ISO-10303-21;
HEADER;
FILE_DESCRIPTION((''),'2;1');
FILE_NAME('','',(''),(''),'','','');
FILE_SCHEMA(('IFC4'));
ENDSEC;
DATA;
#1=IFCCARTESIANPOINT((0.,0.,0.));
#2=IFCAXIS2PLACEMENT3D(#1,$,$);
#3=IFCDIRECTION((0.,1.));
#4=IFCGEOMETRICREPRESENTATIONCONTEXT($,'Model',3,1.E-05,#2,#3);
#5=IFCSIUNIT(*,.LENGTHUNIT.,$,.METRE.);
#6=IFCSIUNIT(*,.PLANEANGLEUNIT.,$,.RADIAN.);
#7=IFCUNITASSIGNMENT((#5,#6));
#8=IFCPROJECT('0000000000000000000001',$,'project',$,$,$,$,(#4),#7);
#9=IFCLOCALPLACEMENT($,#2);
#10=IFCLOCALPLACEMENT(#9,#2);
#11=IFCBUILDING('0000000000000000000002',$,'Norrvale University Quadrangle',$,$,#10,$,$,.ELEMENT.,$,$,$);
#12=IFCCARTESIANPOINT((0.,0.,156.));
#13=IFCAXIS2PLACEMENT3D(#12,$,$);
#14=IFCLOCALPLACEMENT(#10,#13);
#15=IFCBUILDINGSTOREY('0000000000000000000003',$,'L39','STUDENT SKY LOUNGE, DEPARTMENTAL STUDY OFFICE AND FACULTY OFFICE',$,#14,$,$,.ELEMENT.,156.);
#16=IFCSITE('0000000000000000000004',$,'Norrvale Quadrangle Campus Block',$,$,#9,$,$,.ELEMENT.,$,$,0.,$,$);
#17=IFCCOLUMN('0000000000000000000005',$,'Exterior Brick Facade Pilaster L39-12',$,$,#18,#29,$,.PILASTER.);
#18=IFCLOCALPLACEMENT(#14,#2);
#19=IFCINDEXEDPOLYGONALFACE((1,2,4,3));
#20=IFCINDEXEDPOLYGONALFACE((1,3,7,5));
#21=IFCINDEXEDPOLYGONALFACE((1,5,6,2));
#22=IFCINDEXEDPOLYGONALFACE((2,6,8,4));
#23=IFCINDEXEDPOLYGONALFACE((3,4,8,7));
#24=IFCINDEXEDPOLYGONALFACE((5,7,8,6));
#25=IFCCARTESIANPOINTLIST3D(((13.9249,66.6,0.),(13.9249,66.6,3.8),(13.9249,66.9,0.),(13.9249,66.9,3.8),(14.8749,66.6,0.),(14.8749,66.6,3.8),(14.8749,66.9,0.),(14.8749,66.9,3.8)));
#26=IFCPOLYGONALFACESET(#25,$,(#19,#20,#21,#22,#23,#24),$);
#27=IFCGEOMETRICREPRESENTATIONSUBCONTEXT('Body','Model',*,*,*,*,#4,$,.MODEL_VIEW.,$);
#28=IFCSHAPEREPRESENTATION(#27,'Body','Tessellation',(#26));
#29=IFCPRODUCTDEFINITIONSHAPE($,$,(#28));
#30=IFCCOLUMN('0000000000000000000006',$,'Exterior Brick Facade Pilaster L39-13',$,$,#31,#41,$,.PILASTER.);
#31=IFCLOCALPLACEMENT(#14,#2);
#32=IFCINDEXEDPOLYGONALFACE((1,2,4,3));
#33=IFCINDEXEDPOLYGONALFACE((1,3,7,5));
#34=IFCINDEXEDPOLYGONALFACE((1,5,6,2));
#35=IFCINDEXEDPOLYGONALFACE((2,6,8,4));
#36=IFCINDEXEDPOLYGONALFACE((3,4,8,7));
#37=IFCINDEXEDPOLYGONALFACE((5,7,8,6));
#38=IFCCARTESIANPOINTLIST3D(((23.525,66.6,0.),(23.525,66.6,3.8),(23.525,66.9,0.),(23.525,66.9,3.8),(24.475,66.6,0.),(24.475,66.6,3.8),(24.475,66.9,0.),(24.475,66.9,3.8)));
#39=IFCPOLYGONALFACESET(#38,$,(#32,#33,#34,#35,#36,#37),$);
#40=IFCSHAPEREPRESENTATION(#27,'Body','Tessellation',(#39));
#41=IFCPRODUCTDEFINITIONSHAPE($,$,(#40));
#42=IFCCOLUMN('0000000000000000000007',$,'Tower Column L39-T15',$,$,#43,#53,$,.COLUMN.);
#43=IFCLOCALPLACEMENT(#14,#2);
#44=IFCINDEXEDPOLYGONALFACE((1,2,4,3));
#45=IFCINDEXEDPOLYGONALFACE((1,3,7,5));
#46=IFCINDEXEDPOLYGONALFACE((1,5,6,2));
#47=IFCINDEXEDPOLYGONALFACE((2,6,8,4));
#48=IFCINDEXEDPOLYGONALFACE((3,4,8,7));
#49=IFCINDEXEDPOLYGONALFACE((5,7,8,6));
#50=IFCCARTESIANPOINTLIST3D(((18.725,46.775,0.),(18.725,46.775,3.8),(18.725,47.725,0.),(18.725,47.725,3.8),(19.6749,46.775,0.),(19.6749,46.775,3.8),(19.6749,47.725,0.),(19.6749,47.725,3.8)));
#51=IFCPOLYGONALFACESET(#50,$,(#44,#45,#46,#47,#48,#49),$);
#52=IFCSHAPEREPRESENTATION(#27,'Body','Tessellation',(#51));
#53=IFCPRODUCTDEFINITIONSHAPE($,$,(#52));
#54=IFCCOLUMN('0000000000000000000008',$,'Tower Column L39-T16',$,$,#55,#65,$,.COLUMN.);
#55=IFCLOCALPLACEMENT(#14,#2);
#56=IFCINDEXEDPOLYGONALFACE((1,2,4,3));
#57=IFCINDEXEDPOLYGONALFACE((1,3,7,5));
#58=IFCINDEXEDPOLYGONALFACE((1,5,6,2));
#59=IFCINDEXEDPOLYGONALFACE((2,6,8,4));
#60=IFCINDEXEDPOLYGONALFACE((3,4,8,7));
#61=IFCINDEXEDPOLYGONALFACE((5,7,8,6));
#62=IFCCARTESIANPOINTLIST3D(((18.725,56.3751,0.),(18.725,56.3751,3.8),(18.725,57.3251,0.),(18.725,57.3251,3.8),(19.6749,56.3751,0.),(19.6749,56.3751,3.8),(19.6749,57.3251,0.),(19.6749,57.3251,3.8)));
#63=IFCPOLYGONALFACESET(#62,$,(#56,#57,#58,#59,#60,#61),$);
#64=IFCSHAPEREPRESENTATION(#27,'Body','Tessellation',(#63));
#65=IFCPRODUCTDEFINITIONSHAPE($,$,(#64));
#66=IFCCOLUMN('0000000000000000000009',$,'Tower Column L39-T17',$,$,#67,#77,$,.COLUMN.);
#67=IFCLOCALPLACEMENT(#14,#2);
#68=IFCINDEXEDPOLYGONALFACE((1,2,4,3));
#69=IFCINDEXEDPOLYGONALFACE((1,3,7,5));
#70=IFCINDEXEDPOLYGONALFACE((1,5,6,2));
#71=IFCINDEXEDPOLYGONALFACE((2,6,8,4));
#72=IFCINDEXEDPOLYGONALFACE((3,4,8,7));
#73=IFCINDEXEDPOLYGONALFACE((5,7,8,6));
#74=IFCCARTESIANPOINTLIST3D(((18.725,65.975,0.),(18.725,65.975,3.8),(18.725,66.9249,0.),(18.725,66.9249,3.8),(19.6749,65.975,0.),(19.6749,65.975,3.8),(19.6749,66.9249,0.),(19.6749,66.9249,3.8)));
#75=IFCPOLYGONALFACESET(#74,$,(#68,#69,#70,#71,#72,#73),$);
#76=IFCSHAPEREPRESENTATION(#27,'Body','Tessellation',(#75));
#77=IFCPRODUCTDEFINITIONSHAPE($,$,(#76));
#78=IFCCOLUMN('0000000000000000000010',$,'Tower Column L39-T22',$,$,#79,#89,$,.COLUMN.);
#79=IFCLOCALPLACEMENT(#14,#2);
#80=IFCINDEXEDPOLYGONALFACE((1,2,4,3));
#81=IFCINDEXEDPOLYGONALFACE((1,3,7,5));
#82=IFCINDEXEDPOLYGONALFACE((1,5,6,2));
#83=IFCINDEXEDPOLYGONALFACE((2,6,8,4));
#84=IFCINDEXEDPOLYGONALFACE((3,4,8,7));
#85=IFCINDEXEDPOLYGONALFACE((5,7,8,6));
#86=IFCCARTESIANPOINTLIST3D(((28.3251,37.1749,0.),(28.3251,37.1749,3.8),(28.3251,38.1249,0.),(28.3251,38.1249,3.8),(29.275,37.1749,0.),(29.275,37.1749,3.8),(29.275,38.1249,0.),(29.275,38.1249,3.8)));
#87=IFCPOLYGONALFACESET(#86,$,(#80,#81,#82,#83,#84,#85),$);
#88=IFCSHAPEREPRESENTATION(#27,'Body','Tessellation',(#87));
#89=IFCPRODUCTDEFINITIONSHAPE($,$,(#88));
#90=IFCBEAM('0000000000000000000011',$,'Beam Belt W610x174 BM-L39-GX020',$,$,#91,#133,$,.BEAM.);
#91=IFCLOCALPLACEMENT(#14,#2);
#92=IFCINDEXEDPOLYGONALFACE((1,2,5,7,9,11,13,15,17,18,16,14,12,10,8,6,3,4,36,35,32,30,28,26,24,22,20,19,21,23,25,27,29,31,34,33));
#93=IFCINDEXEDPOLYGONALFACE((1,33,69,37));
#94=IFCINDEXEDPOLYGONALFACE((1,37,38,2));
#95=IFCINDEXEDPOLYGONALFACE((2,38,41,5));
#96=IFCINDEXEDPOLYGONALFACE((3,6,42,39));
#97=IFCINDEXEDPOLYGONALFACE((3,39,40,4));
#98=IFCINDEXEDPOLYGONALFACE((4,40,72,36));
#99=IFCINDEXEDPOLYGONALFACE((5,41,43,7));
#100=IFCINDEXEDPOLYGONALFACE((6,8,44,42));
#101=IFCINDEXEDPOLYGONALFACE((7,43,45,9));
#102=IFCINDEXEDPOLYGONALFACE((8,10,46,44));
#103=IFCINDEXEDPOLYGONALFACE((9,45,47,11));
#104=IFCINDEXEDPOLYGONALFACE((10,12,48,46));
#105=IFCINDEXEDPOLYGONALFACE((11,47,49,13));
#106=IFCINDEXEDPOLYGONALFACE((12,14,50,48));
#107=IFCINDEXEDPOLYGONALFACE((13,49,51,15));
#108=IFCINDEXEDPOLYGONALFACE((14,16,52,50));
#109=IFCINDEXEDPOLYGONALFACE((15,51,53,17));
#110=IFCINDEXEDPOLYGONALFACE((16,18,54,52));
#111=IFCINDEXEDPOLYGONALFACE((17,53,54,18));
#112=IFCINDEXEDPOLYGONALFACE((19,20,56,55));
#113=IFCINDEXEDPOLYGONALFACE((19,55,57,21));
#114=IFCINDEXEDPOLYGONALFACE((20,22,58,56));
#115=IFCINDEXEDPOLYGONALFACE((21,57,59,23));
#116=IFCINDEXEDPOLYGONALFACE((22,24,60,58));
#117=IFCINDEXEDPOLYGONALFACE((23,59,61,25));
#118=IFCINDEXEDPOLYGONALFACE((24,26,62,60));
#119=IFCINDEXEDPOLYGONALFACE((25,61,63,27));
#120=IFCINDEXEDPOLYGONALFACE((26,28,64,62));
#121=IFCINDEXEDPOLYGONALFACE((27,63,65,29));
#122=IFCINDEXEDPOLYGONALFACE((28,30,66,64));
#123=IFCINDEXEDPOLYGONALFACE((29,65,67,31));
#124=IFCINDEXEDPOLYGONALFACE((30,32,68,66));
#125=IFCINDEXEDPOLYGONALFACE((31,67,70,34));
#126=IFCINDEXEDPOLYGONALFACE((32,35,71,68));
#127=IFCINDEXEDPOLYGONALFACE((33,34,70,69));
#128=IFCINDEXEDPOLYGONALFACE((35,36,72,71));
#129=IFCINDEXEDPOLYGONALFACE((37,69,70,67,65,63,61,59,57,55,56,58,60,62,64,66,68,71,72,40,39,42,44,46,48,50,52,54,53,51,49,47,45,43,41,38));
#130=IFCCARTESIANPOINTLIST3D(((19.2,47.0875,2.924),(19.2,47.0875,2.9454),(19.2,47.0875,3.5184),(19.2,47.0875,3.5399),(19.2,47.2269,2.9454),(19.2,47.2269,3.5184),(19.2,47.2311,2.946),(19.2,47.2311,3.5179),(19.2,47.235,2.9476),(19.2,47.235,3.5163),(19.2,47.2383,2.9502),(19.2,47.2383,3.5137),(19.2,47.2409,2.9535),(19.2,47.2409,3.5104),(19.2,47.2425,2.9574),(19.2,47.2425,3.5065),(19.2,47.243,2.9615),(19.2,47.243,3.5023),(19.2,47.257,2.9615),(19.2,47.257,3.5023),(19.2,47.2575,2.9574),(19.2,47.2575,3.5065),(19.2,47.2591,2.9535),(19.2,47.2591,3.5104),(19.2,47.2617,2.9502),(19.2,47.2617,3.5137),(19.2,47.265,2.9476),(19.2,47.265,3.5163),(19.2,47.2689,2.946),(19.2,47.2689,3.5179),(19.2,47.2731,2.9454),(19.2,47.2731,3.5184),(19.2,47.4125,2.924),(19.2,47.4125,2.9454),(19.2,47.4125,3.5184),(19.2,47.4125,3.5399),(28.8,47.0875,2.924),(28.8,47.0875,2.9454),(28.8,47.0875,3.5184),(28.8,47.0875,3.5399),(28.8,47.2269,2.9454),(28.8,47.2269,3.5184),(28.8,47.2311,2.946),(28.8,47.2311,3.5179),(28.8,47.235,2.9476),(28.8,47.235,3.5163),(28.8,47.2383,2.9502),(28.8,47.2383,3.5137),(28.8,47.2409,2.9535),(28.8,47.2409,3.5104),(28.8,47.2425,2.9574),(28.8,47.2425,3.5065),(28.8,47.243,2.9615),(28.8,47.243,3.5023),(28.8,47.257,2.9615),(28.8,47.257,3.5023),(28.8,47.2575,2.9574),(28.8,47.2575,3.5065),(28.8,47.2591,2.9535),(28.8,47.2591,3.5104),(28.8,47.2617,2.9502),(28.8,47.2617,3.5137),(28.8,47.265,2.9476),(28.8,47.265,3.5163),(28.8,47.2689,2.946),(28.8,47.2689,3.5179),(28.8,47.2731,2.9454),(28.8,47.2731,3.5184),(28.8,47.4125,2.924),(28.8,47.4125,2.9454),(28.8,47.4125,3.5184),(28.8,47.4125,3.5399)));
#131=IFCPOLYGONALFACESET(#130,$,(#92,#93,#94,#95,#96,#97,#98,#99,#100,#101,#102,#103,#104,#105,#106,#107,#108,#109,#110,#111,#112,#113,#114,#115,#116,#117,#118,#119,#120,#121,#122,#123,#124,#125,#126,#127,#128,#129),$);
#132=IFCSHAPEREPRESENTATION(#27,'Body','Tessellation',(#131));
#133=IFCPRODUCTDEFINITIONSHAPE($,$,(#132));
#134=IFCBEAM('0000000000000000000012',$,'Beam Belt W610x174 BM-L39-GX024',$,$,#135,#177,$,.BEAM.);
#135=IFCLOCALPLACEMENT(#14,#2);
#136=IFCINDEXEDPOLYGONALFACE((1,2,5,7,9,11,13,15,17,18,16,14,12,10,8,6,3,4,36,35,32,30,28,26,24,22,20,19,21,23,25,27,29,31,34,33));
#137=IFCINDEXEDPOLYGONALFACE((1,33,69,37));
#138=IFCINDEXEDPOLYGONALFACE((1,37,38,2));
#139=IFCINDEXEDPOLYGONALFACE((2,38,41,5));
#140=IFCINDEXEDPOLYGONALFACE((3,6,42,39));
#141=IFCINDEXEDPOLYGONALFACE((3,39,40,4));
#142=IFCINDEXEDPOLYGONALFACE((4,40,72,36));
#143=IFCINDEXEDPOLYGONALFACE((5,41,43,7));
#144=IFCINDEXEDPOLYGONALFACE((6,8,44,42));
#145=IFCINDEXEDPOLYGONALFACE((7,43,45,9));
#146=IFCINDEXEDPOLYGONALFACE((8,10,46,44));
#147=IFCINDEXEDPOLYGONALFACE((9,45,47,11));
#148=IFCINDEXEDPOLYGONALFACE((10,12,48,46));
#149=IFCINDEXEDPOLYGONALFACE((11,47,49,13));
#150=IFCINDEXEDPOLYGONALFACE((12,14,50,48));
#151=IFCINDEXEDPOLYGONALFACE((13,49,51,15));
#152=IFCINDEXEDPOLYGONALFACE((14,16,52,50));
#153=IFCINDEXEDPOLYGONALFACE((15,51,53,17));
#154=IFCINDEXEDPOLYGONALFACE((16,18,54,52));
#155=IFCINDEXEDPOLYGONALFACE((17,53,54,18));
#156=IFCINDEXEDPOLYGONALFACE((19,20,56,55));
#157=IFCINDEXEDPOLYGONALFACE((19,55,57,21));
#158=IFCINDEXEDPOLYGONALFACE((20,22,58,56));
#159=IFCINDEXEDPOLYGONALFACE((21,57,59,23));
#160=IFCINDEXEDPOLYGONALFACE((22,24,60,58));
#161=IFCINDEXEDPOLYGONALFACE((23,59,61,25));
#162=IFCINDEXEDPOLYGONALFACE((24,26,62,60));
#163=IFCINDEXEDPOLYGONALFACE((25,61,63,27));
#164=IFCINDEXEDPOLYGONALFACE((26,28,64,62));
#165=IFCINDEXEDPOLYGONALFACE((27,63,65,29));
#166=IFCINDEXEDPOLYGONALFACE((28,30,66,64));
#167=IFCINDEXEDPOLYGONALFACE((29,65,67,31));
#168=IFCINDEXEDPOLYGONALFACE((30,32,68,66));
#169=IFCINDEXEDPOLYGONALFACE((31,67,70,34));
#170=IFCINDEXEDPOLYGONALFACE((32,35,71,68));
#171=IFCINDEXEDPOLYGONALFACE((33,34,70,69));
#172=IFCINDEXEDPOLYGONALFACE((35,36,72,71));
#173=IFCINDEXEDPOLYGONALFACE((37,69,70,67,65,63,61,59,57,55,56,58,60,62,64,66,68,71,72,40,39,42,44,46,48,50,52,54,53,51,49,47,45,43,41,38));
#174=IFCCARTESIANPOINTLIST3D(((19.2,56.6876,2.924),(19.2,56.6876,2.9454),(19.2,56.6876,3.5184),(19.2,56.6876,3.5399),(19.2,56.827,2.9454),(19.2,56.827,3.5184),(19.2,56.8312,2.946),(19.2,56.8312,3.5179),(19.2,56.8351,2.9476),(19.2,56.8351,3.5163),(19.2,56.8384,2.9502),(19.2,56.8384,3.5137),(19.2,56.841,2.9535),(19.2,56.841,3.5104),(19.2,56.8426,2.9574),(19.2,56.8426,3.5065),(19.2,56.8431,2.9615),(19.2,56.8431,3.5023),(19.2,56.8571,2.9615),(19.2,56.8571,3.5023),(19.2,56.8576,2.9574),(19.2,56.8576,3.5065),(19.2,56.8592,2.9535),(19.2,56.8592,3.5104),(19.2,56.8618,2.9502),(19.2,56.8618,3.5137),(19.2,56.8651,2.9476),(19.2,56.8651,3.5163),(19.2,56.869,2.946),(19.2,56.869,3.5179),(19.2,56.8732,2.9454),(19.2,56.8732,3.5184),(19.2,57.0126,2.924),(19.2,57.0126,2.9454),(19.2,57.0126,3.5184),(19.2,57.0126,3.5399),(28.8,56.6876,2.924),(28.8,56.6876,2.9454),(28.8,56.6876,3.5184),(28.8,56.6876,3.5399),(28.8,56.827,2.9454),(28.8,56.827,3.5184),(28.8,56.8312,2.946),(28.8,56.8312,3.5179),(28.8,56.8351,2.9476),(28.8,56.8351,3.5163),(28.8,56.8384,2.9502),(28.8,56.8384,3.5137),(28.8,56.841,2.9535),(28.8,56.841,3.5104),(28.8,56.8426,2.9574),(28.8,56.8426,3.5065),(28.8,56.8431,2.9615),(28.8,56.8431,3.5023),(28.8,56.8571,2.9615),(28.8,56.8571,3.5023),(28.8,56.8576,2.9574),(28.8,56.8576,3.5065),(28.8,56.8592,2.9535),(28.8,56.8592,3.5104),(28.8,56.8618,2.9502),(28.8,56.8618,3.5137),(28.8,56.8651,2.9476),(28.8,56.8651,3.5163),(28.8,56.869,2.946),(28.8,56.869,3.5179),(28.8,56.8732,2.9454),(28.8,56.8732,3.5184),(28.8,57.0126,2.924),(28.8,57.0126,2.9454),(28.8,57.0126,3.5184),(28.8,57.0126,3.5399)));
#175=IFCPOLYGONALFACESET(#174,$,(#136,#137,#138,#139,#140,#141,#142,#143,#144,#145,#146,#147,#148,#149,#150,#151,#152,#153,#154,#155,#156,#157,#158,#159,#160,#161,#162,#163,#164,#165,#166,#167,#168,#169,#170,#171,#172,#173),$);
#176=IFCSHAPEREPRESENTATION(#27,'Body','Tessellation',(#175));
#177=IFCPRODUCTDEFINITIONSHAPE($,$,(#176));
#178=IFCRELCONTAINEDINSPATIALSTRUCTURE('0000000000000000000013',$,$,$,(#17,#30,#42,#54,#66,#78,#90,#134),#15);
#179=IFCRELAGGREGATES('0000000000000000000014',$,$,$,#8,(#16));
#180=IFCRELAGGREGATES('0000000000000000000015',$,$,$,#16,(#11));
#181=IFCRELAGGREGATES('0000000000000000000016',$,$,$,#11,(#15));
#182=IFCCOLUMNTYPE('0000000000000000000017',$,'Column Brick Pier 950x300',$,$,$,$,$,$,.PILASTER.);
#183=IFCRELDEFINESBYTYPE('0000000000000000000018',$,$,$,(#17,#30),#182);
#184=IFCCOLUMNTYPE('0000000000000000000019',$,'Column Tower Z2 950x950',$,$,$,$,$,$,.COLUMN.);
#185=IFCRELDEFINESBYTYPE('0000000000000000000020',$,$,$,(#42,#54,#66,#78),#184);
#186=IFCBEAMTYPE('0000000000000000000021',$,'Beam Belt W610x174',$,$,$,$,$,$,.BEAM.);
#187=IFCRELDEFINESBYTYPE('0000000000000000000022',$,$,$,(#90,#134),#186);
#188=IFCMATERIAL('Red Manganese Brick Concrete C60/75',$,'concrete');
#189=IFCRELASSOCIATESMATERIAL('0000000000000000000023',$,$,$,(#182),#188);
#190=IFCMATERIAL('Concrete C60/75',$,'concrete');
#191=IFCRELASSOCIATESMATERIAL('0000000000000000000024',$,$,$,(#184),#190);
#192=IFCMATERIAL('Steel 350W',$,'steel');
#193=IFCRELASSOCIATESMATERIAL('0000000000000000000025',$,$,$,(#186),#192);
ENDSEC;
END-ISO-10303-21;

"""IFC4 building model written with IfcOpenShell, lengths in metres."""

from ifc_helpers import new_model, si_unit, direction, frame, origin, origin_2d, place, context, subcontext, project, spatial, rectangle, i_section, extrude, material, material_profile, profile_set, type_object, element, save


model = new_model("IFC4")

# Units and contexts
model_context = context("Model", 3, precision=1e-05, world=origin(), true_north=direction((0.0, 1.0)))
body_context = subcontext(model_context, "Body", "Model", "MODEL_VIEW")
ifc_project = project(units=[si_unit("LENGTHUNIT", "METRE"), si_unit("PLANEANGLEUNIT", "RADIAN")], contexts=[model_context])

# Site, building, storey
site_placement = place(None, origin())
site = spatial("IfcSite", under=ifc_project, at=site_placement, Name="Norrvale Quadrangle Campus Block", CompositionType="ELEMENT", RefElevation=0.0)
building_placement = place(site_placement, origin())
building = spatial("IfcBuilding", under=site, at=building_placement, Name="Norrvale University Quadrangle", CompositionType="ELEMENT")
storey_placement = place(building_placement, frame((0.0, 0.0, 156.0)))
storey = spatial("IfcBuildingStorey", under=building, at=storey_placement, Name="L39", Description="STUDENT SKY LOUNGE, DEPARTMENTAL STUDY OFFICE AND FACULTY OFFICE", CompositionType="ELEMENT", Elevation=156.0)

# Columns
ifc_material_1 = material(Name="Red Manganese Brick Concrete C60/75", Category="concrete")
ifc_material_profile_1 = material_profile(ifc_material_1, rectangle(XDim=0.95, YDim=0.3, at=origin_2d()), Name="Red Manganese Brick Concrete C60/75")
ifc_profile_set_1 = profile_set([ifc_material_profile_1], Name="Red Manganese Brick Concrete C60/75")
column_type_1 = type_object("IfcColumnType", Name="Column Brick Pier 950x300", PredefinedType="PILASTER", material=ifc_profile_set_1)
for number, where, z_axis, x_axis, name in (
    (1, (14.3999, 66.75, 0.0), (0.0, 0.0, 1.0), (1.0, 0.0, 0.0), "Exterior Brick Facade Pilaster L39-12"),
    (2, (24.0, 66.75, 0.0), (0.0, 0.0, 1.0), (1.0, 0.0, 0.0), "Exterior Brick Facade Pilaster L39-13"),
):
    element("IfcColumn", number, at=place(storey_placement, frame(where, z_axis=z_axis, x_axis=x_axis)), inside=storey, type_object=column_type_1, Name=name, PredefinedType="PILASTER", context=body_context, shape_type="SweptSolid", body=[
        extrude(rectangle(XDim=0.95, YDim=0.3, at=origin_2d()), origin(), (0.0, 0.0, 1.0), 3.8),
    ])
ifc_material_2 = material(Name="Concrete C60/75", Category="concrete")
ifc_material_profile_2 = material_profile(ifc_material_2, rectangle(XDim=0.95, YDim=0.95, at=origin_2d()), Name="Concrete C60/75")
ifc_profile_set_2 = profile_set([ifc_material_profile_2], Name="Concrete C60/75")
column_type_2 = type_object("IfcColumnType", Name="Column Tower Z2 950x950", PredefinedType="COLUMN", material=ifc_profile_set_2)
for number, where, z_axis, x_axis, name in (
    (3, (19.2, 47.25, 0.0), (0.0, 0.0, 1.0), (1.0, 0.0, 0.0), "Tower Column L39-T15"),
    (4, (19.2, 56.8501, 0.0), (0.0, 0.0, 1.0), (1.0, 0.0, 0.0), "Tower Column L39-T16"),
    (5, (19.2, 66.45, 0.0), (0.0, 0.0, 1.0), (1.0, 0.0, 0.0), "Tower Column L39-T17"),
    (6, (28.8, 37.6499, 0.0), (0.0, 0.0, 1.0), (1.0, 0.0, 0.0), "Tower Column L39-T22"),
):
    element("IfcColumn", number, at=place(storey_placement, frame(where, z_axis=z_axis, x_axis=x_axis)), inside=storey, type_object=column_type_2, Name=name, PredefinedType="COLUMN", context=body_context, shape_type="SweptSolid", body=[
        extrude(rectangle(XDim=0.95, YDim=0.95, at=origin_2d()), origin(), (0.0, 0.0, 1.0), 3.8),
    ])

# Beams
ifc_material_3 = material(Name="Steel 350W", Category="steel")
ifc_material_profile_3 = material_profile(ifc_material_3, i_section(OverallWidth=0.325, OverallDepth=0.616, WebThickness=0.0139, FlangeThickness=0.0215, FilletRadius=0.0161, at=origin_2d()), Name="Steel 350W")
ifc_profile_set_3 = profile_set([ifc_material_profile_3], Name="Steel 350W")
beam_type_1 = type_object("IfcBeamType", Name="Beam Belt W610x174", PredefinedType="BEAM", material=ifc_profile_set_3)
for number, where, z_axis, x_axis, name in (
    (7, (19.2, 47.25, 3.2319), (1.0, 0.0, 0.0), (0.0, 1.0, 0.0), "Beam Belt W610x174 BM-L39-GX020"),
    (8, (19.2, 56.8501, 3.2319), (1.0, 0.0, 0.0), (0.0, 1.0, 0.0), "Beam Belt W610x174 BM-L39-GX024"),
):
    element("IfcBeam", number, at=place(storey_placement, frame(where, z_axis=z_axis, x_axis=x_axis)), inside=storey, type_object=beam_type_1, Name=name, PredefinedType="BEAM", context=body_context, shape_type="SweptSolid", body=[
        extrude(i_section(OverallWidth=0.325, OverallDepth=0.616, WebThickness=0.0139, FlangeThickness=0.0215, FilletRadius=0.0161, at=origin_2d()), origin(), (0.0, 0.0, 1.0), 9.6001),
    ])

save(model, "model.ifc")
